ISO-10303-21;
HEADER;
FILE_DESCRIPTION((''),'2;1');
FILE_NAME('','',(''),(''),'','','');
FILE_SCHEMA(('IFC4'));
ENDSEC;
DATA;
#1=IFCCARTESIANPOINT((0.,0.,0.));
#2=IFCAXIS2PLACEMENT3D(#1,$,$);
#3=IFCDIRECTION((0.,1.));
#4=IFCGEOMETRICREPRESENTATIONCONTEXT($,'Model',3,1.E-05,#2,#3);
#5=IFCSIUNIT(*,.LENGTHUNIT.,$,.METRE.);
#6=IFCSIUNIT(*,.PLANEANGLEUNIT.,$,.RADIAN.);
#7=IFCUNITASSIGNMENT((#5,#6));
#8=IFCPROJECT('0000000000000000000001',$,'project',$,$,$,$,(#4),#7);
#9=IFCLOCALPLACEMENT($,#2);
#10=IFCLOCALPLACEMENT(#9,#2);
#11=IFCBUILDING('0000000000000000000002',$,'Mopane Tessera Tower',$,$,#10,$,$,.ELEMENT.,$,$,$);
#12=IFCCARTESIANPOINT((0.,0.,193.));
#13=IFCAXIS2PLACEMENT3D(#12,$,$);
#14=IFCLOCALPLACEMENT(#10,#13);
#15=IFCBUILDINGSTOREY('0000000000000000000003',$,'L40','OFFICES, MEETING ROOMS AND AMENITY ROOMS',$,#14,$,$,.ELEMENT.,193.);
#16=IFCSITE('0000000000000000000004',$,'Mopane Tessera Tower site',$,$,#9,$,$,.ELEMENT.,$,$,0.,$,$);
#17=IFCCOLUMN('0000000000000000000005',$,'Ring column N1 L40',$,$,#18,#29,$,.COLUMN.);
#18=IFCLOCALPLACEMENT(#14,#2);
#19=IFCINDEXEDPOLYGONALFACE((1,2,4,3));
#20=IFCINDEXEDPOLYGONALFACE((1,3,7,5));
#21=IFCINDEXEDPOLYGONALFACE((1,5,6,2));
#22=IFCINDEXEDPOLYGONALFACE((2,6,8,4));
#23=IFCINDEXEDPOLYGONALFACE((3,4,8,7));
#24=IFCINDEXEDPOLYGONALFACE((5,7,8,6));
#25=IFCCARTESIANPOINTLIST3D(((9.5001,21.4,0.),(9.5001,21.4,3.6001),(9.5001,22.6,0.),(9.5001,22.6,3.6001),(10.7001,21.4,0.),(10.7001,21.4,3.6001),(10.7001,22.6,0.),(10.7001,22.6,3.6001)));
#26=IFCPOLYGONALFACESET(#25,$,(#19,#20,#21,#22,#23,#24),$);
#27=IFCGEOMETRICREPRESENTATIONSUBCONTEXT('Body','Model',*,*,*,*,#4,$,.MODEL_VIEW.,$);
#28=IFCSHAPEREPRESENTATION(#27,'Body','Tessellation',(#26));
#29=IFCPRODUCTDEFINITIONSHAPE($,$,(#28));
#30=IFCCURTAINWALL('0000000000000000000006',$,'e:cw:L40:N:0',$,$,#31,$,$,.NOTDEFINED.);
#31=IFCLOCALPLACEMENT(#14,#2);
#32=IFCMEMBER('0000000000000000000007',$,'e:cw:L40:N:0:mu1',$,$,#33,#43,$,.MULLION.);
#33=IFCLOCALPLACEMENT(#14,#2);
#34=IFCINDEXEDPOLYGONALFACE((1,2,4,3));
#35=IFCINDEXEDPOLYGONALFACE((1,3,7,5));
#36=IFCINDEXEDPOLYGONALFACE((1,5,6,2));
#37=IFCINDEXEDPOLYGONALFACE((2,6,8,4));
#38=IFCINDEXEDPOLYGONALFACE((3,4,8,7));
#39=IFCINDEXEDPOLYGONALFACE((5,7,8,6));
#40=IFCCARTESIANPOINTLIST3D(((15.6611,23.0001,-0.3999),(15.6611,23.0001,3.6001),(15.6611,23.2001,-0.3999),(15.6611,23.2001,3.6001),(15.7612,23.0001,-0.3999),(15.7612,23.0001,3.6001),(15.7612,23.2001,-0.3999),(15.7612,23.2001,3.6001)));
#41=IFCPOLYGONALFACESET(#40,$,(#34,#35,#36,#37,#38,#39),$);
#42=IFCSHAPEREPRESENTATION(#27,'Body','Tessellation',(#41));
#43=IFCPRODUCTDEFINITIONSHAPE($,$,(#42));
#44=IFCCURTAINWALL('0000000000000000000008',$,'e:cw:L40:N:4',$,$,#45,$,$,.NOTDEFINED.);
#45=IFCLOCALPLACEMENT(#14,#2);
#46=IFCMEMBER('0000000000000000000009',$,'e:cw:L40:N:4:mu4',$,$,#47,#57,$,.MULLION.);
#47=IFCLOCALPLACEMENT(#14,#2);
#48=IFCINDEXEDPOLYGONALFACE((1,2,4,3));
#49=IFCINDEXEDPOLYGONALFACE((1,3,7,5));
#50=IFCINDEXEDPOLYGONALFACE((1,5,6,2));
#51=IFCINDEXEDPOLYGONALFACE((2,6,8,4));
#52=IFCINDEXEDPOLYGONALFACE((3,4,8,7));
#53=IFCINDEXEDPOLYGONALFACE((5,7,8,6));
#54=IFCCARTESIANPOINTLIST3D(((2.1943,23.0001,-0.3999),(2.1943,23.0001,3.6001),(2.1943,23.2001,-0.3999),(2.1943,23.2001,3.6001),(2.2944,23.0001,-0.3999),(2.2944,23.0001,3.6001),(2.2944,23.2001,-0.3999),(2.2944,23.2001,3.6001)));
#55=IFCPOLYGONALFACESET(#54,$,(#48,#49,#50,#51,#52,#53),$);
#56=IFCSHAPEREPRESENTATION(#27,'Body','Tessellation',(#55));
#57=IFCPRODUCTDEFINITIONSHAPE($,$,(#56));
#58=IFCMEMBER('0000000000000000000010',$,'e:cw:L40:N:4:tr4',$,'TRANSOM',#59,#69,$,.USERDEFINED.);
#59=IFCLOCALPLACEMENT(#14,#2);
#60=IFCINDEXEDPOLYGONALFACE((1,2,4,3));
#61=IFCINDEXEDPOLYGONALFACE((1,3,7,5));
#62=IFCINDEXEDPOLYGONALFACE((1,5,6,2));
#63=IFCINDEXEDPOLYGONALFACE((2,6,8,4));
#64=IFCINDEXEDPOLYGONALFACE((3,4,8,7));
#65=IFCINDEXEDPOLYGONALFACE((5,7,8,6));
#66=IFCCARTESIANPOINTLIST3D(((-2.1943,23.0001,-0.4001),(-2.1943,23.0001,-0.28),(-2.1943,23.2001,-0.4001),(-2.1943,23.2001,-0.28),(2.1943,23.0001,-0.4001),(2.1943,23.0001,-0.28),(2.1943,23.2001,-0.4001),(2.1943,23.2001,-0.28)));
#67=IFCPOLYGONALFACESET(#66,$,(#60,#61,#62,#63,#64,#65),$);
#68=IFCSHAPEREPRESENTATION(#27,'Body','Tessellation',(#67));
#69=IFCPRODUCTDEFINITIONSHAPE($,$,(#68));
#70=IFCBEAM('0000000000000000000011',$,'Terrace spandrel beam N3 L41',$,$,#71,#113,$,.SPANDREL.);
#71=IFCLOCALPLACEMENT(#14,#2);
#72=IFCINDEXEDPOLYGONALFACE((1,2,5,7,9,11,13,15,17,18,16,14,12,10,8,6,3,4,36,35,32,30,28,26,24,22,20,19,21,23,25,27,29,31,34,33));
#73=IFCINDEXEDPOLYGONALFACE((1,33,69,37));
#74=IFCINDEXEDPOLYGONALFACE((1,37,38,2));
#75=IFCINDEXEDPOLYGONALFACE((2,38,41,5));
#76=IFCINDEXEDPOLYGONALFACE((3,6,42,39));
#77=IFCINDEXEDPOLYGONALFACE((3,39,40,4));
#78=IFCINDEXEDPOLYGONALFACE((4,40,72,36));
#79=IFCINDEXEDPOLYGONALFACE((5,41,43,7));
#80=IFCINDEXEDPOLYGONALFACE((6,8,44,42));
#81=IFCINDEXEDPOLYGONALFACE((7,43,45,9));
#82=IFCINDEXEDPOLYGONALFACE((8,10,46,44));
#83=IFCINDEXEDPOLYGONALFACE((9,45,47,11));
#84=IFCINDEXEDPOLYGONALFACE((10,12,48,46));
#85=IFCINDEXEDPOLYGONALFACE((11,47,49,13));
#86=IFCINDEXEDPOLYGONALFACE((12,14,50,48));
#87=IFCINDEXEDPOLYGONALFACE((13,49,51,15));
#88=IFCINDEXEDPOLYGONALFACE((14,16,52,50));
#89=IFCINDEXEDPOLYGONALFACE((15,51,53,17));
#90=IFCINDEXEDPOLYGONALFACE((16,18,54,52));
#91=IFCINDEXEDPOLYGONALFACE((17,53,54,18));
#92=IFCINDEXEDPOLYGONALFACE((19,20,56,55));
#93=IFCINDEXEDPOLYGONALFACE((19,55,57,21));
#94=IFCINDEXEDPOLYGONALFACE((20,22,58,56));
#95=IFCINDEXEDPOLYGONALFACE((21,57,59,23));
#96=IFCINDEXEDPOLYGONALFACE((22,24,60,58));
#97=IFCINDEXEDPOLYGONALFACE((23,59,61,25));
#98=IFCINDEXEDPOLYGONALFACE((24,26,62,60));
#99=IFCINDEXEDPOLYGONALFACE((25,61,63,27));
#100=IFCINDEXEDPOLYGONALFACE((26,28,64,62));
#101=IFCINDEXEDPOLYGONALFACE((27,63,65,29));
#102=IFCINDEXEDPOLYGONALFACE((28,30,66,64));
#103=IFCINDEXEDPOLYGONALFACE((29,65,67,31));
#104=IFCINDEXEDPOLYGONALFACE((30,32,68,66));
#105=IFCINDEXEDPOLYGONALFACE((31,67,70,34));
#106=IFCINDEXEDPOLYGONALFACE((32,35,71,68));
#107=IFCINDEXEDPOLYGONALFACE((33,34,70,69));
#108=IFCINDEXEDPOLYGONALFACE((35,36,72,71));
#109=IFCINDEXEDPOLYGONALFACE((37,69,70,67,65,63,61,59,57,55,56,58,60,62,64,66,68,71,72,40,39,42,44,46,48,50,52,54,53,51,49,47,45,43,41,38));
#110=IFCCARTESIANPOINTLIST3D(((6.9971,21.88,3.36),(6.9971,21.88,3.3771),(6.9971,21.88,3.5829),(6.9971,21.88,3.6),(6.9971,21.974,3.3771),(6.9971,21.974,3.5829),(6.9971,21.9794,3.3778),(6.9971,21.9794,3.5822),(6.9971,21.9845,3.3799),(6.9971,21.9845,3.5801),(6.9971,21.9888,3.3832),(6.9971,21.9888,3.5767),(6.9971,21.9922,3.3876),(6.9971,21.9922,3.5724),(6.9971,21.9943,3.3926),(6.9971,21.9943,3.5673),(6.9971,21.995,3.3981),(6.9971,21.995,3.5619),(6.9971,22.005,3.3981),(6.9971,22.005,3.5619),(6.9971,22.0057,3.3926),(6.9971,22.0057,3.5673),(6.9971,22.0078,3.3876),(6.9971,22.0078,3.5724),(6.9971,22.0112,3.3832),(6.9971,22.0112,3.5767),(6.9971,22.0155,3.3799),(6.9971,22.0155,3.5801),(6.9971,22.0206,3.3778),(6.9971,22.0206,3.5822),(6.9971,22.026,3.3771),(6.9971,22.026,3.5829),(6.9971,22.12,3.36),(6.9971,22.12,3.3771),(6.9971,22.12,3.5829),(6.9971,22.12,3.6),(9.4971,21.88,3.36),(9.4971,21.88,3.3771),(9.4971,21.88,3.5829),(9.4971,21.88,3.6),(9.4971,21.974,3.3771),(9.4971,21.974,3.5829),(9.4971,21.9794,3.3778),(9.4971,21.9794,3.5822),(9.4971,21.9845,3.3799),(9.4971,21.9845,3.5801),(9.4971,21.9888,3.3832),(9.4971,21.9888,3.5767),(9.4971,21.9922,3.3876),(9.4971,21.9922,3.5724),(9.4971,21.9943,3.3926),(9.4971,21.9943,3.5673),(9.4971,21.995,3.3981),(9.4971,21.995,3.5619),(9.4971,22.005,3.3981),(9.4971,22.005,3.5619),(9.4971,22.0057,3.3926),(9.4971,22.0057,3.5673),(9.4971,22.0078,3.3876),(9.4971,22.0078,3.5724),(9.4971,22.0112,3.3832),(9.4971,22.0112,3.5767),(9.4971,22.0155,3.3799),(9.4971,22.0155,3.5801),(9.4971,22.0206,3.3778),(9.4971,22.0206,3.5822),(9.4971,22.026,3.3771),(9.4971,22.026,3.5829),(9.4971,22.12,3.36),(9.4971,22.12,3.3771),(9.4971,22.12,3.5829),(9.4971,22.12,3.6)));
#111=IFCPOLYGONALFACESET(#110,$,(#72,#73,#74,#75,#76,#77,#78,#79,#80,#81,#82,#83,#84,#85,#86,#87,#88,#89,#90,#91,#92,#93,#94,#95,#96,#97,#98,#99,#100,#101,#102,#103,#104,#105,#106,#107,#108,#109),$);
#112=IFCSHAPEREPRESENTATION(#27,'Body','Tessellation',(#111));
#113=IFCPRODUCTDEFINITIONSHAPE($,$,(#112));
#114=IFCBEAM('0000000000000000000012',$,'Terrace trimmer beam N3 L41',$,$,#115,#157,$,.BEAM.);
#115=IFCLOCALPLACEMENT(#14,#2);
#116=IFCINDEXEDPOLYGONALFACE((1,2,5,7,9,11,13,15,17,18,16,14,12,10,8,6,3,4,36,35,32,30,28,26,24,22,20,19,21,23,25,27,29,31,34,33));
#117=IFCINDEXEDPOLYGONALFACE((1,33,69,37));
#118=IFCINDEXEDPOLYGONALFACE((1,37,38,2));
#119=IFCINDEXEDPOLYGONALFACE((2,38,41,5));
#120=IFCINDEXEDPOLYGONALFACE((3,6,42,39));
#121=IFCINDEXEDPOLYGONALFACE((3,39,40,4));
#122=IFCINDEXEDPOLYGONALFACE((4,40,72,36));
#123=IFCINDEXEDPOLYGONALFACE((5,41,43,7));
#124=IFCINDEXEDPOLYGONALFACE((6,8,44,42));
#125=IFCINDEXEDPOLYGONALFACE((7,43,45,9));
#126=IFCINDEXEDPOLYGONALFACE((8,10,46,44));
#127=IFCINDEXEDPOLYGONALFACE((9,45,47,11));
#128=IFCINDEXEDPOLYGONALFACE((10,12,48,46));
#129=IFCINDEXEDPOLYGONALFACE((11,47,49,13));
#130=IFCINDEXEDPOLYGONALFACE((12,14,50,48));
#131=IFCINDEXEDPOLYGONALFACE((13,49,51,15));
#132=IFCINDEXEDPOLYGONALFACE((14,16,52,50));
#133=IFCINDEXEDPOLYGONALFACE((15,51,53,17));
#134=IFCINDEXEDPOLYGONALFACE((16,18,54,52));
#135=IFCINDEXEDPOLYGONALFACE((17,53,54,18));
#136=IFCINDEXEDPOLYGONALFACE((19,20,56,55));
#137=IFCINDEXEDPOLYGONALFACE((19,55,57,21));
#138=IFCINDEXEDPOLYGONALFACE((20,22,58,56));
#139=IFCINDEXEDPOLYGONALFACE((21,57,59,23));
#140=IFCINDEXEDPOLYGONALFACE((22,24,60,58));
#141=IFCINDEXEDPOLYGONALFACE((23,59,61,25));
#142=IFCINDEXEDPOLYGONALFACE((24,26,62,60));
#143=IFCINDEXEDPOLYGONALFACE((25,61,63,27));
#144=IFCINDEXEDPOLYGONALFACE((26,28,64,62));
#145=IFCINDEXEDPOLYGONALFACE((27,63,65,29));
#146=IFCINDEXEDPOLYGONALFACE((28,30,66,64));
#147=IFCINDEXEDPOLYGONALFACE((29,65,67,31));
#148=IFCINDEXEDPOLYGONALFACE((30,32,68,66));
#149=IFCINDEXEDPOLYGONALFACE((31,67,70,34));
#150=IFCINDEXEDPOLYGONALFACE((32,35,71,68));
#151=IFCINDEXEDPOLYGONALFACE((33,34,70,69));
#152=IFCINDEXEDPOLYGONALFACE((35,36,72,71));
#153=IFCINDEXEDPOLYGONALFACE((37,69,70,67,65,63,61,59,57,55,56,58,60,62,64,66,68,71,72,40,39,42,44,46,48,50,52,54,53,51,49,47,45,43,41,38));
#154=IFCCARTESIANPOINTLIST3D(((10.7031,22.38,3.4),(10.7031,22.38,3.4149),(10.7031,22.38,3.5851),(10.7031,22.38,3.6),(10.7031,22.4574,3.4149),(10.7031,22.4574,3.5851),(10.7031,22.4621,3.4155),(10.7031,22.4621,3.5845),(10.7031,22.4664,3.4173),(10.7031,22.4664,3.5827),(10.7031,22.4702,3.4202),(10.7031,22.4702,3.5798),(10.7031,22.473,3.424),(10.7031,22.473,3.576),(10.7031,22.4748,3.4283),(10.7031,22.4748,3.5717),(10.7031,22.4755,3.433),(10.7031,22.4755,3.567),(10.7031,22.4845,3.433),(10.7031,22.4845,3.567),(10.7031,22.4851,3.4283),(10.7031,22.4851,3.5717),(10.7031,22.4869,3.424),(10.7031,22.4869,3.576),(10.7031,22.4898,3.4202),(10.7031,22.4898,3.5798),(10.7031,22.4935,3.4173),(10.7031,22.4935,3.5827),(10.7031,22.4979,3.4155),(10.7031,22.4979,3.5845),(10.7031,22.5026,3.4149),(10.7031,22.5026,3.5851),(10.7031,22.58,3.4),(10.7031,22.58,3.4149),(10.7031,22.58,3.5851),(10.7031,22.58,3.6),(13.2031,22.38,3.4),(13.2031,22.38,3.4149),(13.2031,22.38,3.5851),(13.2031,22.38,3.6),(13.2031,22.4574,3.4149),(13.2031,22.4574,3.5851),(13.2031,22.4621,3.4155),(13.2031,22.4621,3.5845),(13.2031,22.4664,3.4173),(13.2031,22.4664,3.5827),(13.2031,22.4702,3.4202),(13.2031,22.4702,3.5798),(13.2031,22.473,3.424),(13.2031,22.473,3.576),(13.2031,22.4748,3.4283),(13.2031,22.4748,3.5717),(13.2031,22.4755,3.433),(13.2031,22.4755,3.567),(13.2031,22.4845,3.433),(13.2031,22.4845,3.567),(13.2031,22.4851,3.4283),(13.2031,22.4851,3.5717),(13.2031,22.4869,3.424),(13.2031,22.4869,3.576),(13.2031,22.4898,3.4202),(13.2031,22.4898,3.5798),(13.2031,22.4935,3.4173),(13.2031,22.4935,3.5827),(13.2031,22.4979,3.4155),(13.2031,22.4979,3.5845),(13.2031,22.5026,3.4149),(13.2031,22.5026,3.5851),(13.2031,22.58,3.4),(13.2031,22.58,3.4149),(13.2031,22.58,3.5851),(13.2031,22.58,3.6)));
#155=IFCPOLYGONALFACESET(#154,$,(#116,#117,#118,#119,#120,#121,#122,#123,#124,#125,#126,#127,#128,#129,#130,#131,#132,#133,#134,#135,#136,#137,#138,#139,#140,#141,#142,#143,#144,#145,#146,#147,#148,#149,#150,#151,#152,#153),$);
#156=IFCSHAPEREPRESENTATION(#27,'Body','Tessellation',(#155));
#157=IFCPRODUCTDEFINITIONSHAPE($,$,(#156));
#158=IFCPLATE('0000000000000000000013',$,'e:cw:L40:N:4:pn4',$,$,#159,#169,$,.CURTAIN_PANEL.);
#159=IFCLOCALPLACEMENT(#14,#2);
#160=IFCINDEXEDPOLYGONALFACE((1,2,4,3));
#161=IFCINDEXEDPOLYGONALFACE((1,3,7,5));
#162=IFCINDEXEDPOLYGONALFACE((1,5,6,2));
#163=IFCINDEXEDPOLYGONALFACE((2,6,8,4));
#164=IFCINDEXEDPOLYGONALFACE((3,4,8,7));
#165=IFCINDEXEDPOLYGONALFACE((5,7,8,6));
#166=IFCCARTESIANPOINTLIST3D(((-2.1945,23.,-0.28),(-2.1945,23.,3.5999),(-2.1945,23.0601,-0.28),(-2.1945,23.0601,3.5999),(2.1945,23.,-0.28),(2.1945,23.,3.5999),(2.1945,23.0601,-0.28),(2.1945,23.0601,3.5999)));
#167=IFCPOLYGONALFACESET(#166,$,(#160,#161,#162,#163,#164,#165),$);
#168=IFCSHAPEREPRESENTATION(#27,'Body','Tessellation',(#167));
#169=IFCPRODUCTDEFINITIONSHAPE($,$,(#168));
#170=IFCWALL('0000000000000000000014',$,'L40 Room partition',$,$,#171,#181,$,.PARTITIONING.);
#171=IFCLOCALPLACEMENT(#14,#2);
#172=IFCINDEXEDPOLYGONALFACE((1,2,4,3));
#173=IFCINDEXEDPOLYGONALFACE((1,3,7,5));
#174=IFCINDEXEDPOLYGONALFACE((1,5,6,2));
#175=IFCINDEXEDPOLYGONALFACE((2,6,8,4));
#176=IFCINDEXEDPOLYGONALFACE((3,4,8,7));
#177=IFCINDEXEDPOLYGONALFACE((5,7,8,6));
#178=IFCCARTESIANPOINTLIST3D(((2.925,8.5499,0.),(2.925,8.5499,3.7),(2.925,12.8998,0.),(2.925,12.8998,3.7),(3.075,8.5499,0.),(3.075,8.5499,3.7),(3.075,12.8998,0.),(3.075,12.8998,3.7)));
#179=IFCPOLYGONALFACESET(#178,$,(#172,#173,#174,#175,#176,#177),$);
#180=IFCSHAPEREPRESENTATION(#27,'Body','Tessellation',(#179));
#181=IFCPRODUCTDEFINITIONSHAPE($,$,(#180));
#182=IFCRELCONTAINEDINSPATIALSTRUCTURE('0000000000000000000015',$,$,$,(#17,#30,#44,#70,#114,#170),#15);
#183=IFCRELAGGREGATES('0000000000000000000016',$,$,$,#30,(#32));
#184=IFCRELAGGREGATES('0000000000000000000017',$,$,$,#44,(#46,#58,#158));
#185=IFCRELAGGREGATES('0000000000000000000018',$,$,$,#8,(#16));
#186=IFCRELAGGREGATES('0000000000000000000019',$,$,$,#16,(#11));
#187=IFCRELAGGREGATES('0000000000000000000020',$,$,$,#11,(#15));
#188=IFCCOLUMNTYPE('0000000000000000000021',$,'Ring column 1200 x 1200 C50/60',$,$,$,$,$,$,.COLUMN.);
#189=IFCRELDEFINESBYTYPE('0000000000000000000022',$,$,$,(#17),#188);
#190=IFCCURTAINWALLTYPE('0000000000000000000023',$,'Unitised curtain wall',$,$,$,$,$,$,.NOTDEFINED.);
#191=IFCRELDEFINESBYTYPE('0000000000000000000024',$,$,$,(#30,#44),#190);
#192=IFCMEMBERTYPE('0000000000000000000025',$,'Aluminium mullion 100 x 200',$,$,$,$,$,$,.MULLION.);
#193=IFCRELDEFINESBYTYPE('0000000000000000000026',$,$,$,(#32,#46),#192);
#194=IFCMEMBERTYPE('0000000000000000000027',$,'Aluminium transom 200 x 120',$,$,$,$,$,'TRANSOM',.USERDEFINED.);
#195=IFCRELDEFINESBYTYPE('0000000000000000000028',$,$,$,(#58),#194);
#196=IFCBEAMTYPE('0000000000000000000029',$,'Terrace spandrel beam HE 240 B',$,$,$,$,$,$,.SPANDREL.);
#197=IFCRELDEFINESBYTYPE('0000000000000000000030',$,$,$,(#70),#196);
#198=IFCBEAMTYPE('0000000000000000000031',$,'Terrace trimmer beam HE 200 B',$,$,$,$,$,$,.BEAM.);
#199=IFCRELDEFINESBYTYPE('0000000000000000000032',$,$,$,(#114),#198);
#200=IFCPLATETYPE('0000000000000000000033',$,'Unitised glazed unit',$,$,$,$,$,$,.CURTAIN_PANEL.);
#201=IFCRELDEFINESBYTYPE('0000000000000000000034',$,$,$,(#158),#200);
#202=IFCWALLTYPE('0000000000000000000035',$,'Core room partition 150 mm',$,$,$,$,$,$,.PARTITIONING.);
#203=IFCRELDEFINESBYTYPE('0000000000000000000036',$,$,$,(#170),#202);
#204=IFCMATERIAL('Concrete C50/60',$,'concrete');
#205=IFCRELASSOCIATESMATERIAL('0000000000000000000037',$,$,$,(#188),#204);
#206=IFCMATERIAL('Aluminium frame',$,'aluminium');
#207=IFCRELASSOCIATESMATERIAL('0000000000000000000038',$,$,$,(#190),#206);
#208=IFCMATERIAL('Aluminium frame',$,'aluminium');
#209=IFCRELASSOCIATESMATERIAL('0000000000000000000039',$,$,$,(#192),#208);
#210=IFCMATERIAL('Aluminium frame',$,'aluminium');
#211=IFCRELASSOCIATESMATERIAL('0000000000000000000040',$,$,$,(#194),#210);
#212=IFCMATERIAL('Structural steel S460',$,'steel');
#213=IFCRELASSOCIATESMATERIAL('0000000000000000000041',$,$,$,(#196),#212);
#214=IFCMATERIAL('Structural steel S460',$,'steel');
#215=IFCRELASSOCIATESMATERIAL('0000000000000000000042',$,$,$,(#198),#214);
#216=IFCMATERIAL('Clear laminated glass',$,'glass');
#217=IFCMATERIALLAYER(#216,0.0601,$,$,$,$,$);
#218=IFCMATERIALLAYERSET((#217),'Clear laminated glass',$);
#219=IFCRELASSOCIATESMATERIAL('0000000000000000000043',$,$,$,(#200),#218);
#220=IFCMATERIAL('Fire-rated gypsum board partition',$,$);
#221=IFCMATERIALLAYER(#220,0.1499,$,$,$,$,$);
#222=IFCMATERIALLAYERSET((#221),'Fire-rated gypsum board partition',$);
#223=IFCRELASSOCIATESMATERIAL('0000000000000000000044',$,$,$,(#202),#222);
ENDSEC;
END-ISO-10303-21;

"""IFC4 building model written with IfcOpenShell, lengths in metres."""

from ifc_helpers import new_model, si_unit, direction, frame, frame_2d, origin, origin_2d, place, context, subcontext, project, spatial, rectangle, i_section, extrude, material, layer, layer_set, material_profile, profile_set, type_object, element, aggregate, save


model = new_model("IFC4")

# Units and contexts
model_context = context("Model", 3, precision=1e-05, world=origin(), true_north=direction((0.0, 1.0)))
body_context = subcontext(model_context, "Body", "Model", "MODEL_VIEW")
ifc_project = project(units=[si_unit("LENGTHUNIT", "METRE"), si_unit("PLANEANGLEUNIT", "RADIAN")], contexts=[model_context])

# Site, building, storey
site_placement = place(None, origin())
site = spatial("IfcSite", under=ifc_project, at=site_placement, Name="Mopane Tessera Tower site", CompositionType="ELEMENT", RefElevation=0.0)
building_placement = place(site_placement, origin())
building = spatial("IfcBuilding", under=site, at=building_placement, Name="Mopane Tessera Tower", CompositionType="ELEMENT")
storey_placement = place(building_placement, frame((0.0, 0.0, 193.0)))
storey = spatial("IfcBuildingStorey", under=building, at=storey_placement, Name="L40", Description="OFFICES, MEETING ROOMS AND AMENITY ROOMS", CompositionType="ELEMENT", Elevation=193.0)

# Column
ifc_material_1 = material(Name="Concrete C50/60", Category="concrete")
ifc_material_profile_1 = material_profile(ifc_material_1, rectangle(XDim=1.2, YDim=1.2, at=origin_2d()))
ifc_profile_set_1 = profile_set([ifc_material_profile_1], Name="Concrete C50/60")
column_type = type_object("IfcColumnType", Name="Ring column 1200 x 1200 C50/60", PredefinedType="COLUMN", material=ifc_profile_set_1)
column_placement = place(storey_placement, frame((10.1001, 22.0, 0.0), z_axis=(0.0, 0.0, 1.0), x_axis=(1.0, 0.0, 0.0)))
element("IfcColumn", 1, at=column_placement, inside=storey, type_object=column_type, Name="Ring column N1 L40", PredefinedType="COLUMN", context=body_context, shape_type="SweptSolid", body=[
    extrude(rectangle(XDim=1.2, YDim=1.2, at=origin_2d()), origin(), (0.0, 0.0, 1.0), 3.6001),
])

# Curtain wall, member
ifc_material_2 = material(Name="Aluminium frame", Category="aluminium")
curtain_wall_type = type_object("IfcCurtainWallType", Name="Unitised curtain wall", PredefinedType="NOTDEFINED", material=ifc_material_2)
curtain_wall_1_placement = place(storey_placement, origin())
curtain_wall_1 = element("IfcCurtainWall", 2, at=curtain_wall_1_placement, inside=storey, type_object=curtain_wall_type, Name="e:cw:L40:N:0", PredefinedType="NOTDEFINED")
ifc_material_3 = material(Name="Aluminium frame", Category="aluminium")
ifc_material_profile_2 = material_profile(ifc_material_3, rectangle(XDim=0.1001, YDim=0.2, at=origin_2d()))
ifc_profile_set_2 = profile_set([ifc_material_profile_2], Name="Aluminium frame")
member_type_1 = type_object("IfcMemberType", Name="Aluminium mullion 100 x 200", PredefinedType="MULLION", material=ifc_profile_set_2)
member_1_placement = place(storey_placement, frame((15.7112, 23.1001, -0.3999), z_axis=(0.0, 0.0, 1.0), x_axis=(-1.0, 0.0, 0.0)))
member_1 = element("IfcMember", 3, at=member_1_placement, type_object=member_type_1, Name="e:cw:L40:N:0:mu1", PredefinedType="MULLION", context=body_context, shape_type="SweptSolid", body=[
    extrude(rectangle(XDim=0.1001, YDim=0.2, at=origin_2d()), origin(), (0.0, 0.0, 1.0), 4.0),
])
aggregate(curtain_wall_1, [member_1])

# Curtain wall, members
curtain_wall_2_placement = place(storey_placement, origin())
curtain_wall_2 = element("IfcCurtainWall", 4, at=curtain_wall_2_placement, inside=storey, type_object=curtain_wall_type, Name="e:cw:L40:N:4", PredefinedType="NOTDEFINED")
member_2_placement = place(storey_placement, frame((2.2444, 23.1001, -0.3999), z_axis=(0.0, 0.0, 1.0), x_axis=(-1.0, 0.0, 0.0)))
member_2 = element("IfcMember", 5, at=member_2_placement, type_object=member_type_1, Name="e:cw:L40:N:4:mu4", PredefinedType="MULLION", context=body_context, shape_type="SweptSolid", body=[
    extrude(rectangle(XDim=0.1001, YDim=0.2, at=origin_2d()), origin(), (0.0, 0.0, 1.0), 4.0),
])
ifc_material_4 = material(Name="Aluminium frame", Category="aluminium")
ifc_material_profile_3 = material_profile(ifc_material_4, rectangle(XDim=0.2, YDim=0.1201, at=origin_2d()))
ifc_profile_set_3 = profile_set([ifc_material_profile_3], Name="Aluminium frame")
member_type_2 = type_object("IfcMemberType", Name="Aluminium transom 200 x 120", ElementType="TRANSOM", PredefinedType="USERDEFINED", material=ifc_profile_set_3)
member_3_placement = place(storey_placement, frame((2.1943, 23.1001, -0.3401), z_axis=(-1.0, 0.0, 0.0), x_axis=(0.0, -1.0, 0.0)))
member_3 = element("IfcMember", 6, at=member_3_placement, type_object=member_type_2, Name="e:cw:L40:N:4:tr4", ObjectType="TRANSOM", PredefinedType="USERDEFINED", context=body_context, shape_type="SweptSolid", body=[
    extrude(rectangle(XDim=0.2, YDim=0.1201, at=origin_2d()), origin(), (0.0, 0.0, 1.0), 4.3887),
])

# Beams
ifc_material_5 = material(Name="Structural steel S460", Category="steel")
ifc_material_profile_4 = material_profile(ifc_material_5, i_section(OverallWidth=0.24, OverallDepth=0.24, WebThickness=0.01, FlangeThickness=0.0171, FilletRadius=0.021, at=origin_2d()))
ifc_profile_set_4 = profile_set([ifc_material_profile_4], Name="Structural steel S460")
beam_type_1 = type_object("IfcBeamType", Name="Terrace spandrel beam HE 240 B", PredefinedType="SPANDREL", material=ifc_profile_set_4)
beam_1_placement = place(storey_placement, frame((9.4971, 22.0, 3.48), z_axis=(-1.0, 0.0, 0.0), x_axis=(0.0, -1.0, 0.0)))
element("IfcBeam", 7, at=beam_1_placement, inside=storey, type_object=beam_type_1, Name="Terrace spandrel beam N3 L41", PredefinedType="SPANDREL", context=body_context, shape_type="SweptSolid", body=[
    extrude(i_section(OverallWidth=0.24, OverallDepth=0.24, WebThickness=0.01, FlangeThickness=0.0171, FilletRadius=0.021, at=origin_2d()), origin(), (0.0, 0.0, 1.0), 2.5),
])
ifc_material_6 = material(Name="Structural steel S460", Category="steel")
ifc_material_profile_5 = material_profile(ifc_material_6, i_section(OverallWidth=0.2, OverallDepth=0.2, WebThickness=0.009, FlangeThickness=0.0149, FilletRadius=0.0181, at=origin_2d()))
ifc_profile_set_5 = profile_set([ifc_material_profile_5], Name="Structural steel S460")
beam_type_2 = type_object("IfcBeamType", Name="Terrace trimmer beam HE 200 B", PredefinedType="BEAM", material=ifc_profile_set_5)
beam_2_placement = place(storey_placement, frame((10.7031, 22.48, 3.5), z_axis=(1.0, 0.0, 0.0), x_axis=(0.0, 1.0, 0.0)))
element("IfcBeam", 8, at=beam_2_placement, inside=storey, type_object=beam_type_2, Name="Terrace trimmer beam N3 L41", PredefinedType="BEAM", context=body_context, shape_type="SweptSolid", body=[
    extrude(i_section(OverallWidth=0.2, OverallDepth=0.2, WebThickness=0.009, FlangeThickness=0.0149, FilletRadius=0.0181, at=origin_2d()), origin(), (0.0, 0.0, 1.0), 2.5),
])

# Plate
ifc_material_7 = material(Name="Clear laminated glass", Category="glass")
ifc_layer_1 = layer(ifc_material_7, 0.0601)
ifc_layer_set_1 = layer_set([ifc_layer_1], Name="Clear laminated glass")
plate_type = type_object("IfcPlateType", Name="Unitised glazed unit", PredefinedType="CURTAIN_PANEL", material=ifc_layer_set_1)
plate_placement = place(storey_placement, frame((0.0, 23.03, -0.28), z_axis=(0.0, 0.0, 1.0), x_axis=(-1.0, 0.0, 0.0)))
plate = element("IfcPlate", 9, at=plate_placement, type_object=plate_type, Name="e:cw:L40:N:4:pn4", PredefinedType="CURTAIN_PANEL", context=body_context, shape_type="SweptSolid", body=[
    extrude(rectangle(XDim=4.3889, YDim=0.0601, at=origin_2d()), origin(), (0.0, 0.0, 1.0), 3.8799),
])
aggregate(curtain_wall_2, [member_2, member_3, plate])

# Wall
ifc_material_8 = material(Name="Fire-rated gypsum board partition")
ifc_layer_2 = layer(ifc_material_8, 0.1499)
ifc_layer_set_2 = layer_set([ifc_layer_2], Name="Fire-rated gypsum board partition")
wall_type_1 = type_object("IfcWallType", Name="Core room partition 150 mm", PredefinedType="PARTITIONING", material=ifc_layer_set_2)
wall_1_placement = place(storey_placement, frame((3.0, 8.55, 0.0), z_axis=(0.0, 0.0, 1.0), x_axis=(0.0, 1.0, 0.0)))
element("IfcWall", 10, at=wall_1_placement, inside=storey, type_object=wall_type_1, Name="L40 Room partition", PredefinedType="PARTITIONING", context=body_context, shape_type="SweptSolid", body=[
    extrude(rectangle(XDim=4.3499, YDim=0.1499, at=frame_2d((2.1748, 0.0))), origin(), (0.0, 0.0, 1.0), 3.7),
])

save(model, "model.ifc")
